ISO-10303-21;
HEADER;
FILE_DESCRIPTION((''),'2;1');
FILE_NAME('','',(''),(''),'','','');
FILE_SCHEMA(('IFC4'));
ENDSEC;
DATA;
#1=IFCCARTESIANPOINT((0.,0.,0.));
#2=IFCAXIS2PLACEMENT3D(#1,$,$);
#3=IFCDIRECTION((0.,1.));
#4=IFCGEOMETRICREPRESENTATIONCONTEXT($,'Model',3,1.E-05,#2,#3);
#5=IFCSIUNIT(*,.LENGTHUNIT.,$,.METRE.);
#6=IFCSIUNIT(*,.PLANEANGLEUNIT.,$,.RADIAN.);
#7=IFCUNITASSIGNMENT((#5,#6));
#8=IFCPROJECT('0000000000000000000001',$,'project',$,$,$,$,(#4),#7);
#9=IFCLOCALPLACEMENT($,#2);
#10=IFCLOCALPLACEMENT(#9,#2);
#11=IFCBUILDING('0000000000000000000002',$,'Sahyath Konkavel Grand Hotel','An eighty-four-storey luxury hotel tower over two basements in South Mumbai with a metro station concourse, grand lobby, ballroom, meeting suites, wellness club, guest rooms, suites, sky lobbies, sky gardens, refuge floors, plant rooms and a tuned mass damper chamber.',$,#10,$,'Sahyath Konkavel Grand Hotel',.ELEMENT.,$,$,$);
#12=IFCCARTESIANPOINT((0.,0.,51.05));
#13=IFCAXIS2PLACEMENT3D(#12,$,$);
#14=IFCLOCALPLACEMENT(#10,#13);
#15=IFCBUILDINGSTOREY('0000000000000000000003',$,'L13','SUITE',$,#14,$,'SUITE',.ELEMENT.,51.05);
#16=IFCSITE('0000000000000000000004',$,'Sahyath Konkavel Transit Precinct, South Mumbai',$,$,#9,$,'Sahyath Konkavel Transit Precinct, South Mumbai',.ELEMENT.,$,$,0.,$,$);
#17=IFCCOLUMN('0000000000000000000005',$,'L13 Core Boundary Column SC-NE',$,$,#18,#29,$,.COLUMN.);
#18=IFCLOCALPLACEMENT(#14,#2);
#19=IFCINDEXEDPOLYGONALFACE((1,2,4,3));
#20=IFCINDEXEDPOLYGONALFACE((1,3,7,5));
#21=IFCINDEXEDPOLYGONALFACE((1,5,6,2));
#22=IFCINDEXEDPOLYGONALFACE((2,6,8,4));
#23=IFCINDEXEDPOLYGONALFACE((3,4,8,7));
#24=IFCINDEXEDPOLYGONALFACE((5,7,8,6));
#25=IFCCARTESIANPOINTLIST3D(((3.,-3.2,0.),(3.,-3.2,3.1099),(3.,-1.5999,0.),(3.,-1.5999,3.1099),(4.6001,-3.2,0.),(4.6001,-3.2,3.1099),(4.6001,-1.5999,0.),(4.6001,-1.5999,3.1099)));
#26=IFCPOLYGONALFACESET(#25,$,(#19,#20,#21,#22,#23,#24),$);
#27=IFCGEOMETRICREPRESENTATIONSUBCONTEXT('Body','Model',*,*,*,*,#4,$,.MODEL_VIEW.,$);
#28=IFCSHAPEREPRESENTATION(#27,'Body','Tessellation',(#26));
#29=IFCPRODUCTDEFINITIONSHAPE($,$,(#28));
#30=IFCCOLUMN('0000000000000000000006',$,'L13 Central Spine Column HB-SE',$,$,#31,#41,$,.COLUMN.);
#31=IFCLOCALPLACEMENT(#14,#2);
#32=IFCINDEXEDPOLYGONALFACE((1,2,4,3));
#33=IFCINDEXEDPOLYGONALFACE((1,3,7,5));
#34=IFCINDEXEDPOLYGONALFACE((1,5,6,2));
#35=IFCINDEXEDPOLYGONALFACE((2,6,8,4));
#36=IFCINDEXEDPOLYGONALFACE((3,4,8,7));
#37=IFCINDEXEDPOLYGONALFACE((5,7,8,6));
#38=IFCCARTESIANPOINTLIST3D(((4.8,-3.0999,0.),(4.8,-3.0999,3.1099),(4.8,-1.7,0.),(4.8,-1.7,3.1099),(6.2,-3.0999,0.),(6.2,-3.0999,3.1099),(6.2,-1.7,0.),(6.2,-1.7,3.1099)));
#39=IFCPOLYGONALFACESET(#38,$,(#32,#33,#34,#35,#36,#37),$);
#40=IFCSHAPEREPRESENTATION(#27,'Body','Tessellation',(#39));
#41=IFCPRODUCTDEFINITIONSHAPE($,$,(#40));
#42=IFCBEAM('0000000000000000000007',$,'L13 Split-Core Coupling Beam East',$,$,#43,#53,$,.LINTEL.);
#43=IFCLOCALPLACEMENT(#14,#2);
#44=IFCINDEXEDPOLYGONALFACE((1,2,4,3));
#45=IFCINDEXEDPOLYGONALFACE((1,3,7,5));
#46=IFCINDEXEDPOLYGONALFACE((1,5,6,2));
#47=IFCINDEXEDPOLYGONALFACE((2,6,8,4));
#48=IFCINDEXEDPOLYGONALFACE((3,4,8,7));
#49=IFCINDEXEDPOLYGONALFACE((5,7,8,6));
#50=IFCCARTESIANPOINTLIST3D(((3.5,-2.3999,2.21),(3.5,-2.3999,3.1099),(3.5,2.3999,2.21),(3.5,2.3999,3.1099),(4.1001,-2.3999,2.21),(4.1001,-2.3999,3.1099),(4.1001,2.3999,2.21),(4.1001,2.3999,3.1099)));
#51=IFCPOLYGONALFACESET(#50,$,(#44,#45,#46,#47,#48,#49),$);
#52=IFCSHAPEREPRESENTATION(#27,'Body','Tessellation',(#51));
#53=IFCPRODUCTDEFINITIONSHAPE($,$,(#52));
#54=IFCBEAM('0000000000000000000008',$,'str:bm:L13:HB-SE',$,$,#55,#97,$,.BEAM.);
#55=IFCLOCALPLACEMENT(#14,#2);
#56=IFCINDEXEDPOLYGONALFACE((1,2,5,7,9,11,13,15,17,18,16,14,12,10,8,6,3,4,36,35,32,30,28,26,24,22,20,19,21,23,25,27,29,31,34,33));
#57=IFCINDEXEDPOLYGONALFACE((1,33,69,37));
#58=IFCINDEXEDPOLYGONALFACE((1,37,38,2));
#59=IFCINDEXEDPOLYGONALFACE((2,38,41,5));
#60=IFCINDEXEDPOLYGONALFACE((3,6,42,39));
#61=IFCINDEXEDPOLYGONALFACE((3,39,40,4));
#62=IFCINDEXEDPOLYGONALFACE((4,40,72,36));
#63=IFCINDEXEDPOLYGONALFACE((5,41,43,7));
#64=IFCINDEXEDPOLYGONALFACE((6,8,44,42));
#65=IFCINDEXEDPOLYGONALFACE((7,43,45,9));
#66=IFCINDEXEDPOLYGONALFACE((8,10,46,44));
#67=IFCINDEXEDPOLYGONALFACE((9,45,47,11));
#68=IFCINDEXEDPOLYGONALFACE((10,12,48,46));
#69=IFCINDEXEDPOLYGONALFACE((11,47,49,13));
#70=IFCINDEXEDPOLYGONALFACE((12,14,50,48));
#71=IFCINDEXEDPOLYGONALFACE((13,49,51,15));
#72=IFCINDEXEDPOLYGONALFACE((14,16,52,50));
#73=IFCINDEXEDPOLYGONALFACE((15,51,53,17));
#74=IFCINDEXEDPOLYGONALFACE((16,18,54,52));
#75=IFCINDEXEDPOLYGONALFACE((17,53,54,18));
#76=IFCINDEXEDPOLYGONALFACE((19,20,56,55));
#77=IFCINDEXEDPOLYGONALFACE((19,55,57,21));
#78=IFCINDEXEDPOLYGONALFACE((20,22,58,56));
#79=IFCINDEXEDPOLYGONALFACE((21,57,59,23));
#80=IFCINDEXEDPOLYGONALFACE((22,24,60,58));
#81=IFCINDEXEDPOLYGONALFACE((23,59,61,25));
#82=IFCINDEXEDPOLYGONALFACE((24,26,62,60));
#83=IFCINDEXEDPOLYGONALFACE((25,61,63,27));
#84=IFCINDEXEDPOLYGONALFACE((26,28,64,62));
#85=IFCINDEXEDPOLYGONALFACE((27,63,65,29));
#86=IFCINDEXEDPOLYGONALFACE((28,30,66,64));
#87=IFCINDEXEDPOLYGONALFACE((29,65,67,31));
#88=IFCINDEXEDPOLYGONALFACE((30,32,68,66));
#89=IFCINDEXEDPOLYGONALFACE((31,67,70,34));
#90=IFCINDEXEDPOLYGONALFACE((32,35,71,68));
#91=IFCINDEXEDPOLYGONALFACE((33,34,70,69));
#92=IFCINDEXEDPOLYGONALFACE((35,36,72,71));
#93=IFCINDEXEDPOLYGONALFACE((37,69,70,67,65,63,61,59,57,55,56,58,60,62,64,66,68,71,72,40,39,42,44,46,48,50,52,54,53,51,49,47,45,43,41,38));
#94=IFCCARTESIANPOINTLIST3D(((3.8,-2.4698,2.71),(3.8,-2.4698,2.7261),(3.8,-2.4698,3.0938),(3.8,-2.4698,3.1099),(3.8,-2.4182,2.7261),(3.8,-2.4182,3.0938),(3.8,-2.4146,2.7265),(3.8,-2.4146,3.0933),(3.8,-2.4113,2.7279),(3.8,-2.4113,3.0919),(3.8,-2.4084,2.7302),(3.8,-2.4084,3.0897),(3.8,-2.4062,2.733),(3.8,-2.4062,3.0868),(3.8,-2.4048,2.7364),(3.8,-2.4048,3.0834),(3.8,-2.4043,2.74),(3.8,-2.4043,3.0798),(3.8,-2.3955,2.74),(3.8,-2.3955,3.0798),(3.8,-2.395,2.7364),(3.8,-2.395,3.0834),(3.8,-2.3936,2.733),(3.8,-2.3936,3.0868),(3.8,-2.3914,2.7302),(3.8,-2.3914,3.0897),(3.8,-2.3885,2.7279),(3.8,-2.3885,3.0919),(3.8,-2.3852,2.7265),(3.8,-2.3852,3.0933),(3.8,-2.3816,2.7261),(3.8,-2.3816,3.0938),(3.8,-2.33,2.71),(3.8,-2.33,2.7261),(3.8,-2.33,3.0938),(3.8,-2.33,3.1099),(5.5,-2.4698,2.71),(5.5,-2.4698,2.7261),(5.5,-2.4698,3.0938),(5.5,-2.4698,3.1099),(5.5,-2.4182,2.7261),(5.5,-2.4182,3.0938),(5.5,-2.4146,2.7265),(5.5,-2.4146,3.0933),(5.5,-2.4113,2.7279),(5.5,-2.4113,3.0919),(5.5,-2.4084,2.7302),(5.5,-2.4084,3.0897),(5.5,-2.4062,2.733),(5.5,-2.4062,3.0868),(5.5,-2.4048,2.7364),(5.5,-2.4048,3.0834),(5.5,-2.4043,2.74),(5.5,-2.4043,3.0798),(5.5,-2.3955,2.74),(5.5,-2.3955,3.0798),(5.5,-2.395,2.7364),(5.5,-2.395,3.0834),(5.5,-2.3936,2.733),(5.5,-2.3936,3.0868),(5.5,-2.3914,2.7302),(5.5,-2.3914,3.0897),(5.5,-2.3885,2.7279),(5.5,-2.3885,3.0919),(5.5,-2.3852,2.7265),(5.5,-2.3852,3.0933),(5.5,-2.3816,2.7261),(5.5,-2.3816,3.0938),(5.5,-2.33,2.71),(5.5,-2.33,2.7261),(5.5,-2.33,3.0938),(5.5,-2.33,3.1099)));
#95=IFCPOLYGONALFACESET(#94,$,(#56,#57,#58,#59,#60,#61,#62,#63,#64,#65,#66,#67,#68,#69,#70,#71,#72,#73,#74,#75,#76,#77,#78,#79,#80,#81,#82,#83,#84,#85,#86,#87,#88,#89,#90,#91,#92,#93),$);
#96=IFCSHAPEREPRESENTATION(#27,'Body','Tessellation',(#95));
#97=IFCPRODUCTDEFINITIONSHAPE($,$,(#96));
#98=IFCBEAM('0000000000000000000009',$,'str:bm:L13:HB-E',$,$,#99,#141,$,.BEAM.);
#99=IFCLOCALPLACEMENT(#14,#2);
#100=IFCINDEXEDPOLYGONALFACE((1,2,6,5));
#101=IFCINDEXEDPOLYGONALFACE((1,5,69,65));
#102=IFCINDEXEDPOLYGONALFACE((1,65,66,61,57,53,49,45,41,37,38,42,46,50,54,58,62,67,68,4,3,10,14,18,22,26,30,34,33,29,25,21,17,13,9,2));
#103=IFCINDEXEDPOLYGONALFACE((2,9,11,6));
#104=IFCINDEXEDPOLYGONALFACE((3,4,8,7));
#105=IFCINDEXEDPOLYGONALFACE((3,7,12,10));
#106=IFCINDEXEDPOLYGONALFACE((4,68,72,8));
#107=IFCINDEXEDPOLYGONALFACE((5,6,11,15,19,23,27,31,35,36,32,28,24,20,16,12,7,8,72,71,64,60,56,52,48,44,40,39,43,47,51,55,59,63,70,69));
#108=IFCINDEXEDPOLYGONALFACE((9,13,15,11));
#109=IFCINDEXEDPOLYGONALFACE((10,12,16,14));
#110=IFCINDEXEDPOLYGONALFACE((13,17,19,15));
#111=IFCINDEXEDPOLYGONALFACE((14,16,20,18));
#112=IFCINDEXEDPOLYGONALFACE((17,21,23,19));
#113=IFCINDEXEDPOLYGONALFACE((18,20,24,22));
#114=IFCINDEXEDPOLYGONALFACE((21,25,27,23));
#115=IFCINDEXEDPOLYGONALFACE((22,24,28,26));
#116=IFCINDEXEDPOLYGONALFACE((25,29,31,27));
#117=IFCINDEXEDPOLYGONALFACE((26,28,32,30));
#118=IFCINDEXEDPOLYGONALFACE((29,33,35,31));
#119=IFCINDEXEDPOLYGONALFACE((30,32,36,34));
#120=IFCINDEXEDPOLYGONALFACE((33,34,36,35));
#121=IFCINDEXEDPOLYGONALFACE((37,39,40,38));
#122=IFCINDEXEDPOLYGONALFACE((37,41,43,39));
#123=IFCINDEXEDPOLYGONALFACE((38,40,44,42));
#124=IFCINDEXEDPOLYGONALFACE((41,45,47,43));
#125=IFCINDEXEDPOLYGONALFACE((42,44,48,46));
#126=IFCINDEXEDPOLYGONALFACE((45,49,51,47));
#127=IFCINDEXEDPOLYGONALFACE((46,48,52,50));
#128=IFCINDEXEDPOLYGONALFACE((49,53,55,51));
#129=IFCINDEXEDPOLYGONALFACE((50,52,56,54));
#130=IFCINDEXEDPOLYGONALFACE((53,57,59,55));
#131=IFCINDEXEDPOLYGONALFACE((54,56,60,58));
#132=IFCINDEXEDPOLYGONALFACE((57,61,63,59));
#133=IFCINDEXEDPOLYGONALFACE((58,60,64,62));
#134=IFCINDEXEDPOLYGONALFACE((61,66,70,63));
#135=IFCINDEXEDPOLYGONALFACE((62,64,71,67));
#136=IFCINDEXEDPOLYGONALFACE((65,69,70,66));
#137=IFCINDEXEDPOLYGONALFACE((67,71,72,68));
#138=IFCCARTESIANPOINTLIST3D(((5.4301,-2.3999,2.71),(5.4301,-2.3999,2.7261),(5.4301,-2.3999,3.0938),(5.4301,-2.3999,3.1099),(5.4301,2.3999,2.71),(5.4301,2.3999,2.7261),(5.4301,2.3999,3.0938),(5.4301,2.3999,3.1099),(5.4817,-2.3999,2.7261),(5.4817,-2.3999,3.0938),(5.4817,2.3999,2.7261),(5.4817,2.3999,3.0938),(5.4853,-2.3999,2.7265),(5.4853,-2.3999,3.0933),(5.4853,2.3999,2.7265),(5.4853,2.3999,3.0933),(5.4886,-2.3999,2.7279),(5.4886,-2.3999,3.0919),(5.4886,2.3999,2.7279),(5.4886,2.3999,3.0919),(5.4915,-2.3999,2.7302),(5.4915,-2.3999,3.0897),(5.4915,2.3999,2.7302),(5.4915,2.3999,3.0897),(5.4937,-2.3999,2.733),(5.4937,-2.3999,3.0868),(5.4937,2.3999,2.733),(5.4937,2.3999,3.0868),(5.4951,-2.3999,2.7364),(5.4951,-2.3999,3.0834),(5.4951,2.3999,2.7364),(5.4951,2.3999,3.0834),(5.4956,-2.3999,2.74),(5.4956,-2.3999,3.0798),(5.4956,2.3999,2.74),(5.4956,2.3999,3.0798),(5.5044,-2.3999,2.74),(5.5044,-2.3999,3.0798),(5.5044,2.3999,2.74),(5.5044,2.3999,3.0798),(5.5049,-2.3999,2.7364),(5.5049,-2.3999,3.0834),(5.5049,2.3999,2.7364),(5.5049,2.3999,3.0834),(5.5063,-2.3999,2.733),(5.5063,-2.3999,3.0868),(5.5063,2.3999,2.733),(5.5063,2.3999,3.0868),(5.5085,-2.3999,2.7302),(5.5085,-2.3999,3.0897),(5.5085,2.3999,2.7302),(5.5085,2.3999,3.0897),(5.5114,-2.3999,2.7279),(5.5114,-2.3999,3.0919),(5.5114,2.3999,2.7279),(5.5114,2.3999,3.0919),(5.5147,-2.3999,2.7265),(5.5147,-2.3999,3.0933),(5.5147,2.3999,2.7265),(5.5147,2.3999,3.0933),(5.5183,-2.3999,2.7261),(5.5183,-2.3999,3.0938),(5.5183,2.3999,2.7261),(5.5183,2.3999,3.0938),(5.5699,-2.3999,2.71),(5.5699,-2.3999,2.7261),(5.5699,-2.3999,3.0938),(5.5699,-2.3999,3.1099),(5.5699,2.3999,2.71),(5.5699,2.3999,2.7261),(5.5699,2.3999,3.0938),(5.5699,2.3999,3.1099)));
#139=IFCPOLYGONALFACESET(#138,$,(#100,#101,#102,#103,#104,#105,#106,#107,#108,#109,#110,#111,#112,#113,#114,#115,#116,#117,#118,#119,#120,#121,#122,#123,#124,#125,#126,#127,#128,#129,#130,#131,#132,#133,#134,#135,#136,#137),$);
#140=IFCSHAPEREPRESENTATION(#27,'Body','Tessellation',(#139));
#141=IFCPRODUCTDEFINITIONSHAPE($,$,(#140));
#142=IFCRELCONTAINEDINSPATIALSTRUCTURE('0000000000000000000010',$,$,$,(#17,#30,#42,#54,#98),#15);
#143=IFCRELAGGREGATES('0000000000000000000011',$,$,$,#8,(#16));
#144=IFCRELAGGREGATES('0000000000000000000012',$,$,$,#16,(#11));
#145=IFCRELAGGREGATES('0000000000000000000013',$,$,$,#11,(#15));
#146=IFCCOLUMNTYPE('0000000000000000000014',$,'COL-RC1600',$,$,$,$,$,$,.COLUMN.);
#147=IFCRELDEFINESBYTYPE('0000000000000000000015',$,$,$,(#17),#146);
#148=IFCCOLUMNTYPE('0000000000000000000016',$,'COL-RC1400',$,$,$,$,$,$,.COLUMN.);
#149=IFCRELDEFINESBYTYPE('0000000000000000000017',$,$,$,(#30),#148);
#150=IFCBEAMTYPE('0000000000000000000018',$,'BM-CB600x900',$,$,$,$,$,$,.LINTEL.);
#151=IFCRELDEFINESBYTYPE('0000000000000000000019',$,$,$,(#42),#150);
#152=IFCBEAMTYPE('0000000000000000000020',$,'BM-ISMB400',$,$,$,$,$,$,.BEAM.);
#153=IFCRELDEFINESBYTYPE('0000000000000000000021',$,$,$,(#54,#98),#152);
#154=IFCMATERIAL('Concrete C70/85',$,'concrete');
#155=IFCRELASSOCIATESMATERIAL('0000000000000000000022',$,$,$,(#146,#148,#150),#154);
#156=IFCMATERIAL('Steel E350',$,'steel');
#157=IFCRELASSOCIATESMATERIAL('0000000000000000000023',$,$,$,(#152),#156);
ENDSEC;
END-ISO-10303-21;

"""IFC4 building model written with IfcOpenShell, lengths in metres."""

from ifc_helpers import new_model, si_unit, direction, frame, origin, origin_2d, place, context, subcontext, project, spatial, rectangle, i_section, extrude, source, transform, mapped, material, material_profile, profile_set, type_object, element, save


model = new_model("IFC4")

# Units and contexts
model_context = context("Model", 3, precision=1e-05, world=origin(), true_north=direction((0.0, 1.0)))
body_context = subcontext(model_context, "Body", "Model", "MODEL_VIEW")
ifc_project = project(units=[si_unit("LENGTHUNIT", "METRE"), si_unit("PLANEANGLEUNIT", "RADIAN")], contexts=[model_context])

# Site, building, storey
site_placement = place(None, origin())
site = spatial("IfcSite", under=ifc_project, at=site_placement, Name="Sahyath Konkavel Transit Precinct, South Mumbai", LongName="Sahyath Konkavel Transit Precinct, South Mumbai", CompositionType="ELEMENT", RefElevation=0.0)
building_placement = place(site_placement, origin())
building = spatial("IfcBuilding", under=site, at=building_placement, Name="Sahyath Konkavel Grand Hotel", Description="An eighty-four-storey luxury hotel tower over two basements in South Mumbai with a metro station concourse, grand lobby, ballroom, meeting suites, wellness club, guest rooms, suites, sky lobbies, sky gardens, refuge floors, plant rooms and a tuned mass damper chamber.", LongName="Sahyath Konkavel Grand Hotel", CompositionType="ELEMENT")
storey_placement = place(building_placement, frame((0.0, 0.0, 51.05)))
storey = spatial("IfcBuildingStorey", under=building, at=storey_placement, Name="L13", Description="SUITE", LongName="SUITE", CompositionType="ELEMENT", Elevation=51.05)

# Columns
ifc_material_1 = material(Name="Concrete C70/85", Category="concrete")
ifc_material_profile_1 = material_profile(ifc_material_1, rectangle(XDim=1.6001, YDim=1.6001, at=origin_2d()), Name="RC 1600x1600")
ifc_profile_set_1 = profile_set([ifc_material_profile_1], Name="Concrete C70/85")
column_type_1 = type_object("IfcColumnType", Name="COL-RC1600", PredefinedType="COLUMN", material=ifc_profile_set_1)
shared_shape_1 = source(origin(), body_context, "Body", "SweptSolid", [
    extrude(rectangle(XDim=1.6001, YDim=1.6001, at=origin_2d()), origin(), (0.0, 0.0, 1.0), 3.1099),
])
column_1_placement = place(storey_placement, frame((3.8, -2.3999, 0.0), z_axis=(0.0, 0.0, 1.0), x_axis=(1.0, 0.0, 0.0)))
element("IfcColumn", 1, at=column_1_placement, inside=storey, type_object=column_type_1, Name="L13 Core Boundary Column SC-NE", PredefinedType="COLUMN", context=body_context, shape_type="MappedRepresentation", body=[
    mapped(shared_shape_1, transform((0.0, 0.0, 0.0), scale=1.0)),
])
ifc_material_profile_2 = material_profile(ifc_material_1, rectangle(XDim=1.3999, YDim=1.3999, at=origin_2d()), Name="RC 1400x1400")
ifc_profile_set_2 = profile_set([ifc_material_profile_2], Name="Concrete C70/85")
column_type_2 = type_object("IfcColumnType", Name="COL-RC1400", PredefinedType="COLUMN", material=ifc_profile_set_2)
shared_shape_2 = source(origin(), body_context, "Body", "SweptSolid", [
    extrude(rectangle(XDim=1.3999, YDim=1.3999, at=origin_2d()), origin(), (0.0, 0.0, 1.0), 3.1099),
])
column_2_placement = place(storey_placement, frame((5.5, -2.3999, 0.0), z_axis=(0.0, 0.0, 1.0), x_axis=(1.0, 0.0, 0.0)))
element("IfcColumn", 2, at=column_2_placement, inside=storey, type_object=column_type_2, Name="L13 Central Spine Column HB-SE", PredefinedType="COLUMN", context=body_context, shape_type="MappedRepresentation", body=[
    mapped(shared_shape_2, transform((0.0, 0.0, 0.0), scale=1.0)),
])

# Beams
ifc_material_profile_3 = material_profile(ifc_material_1, rectangle(XDim=0.6001, YDim=0.8999, at=origin_2d()), Name="RC 600x900")
ifc_profile_set_3 = profile_set([ifc_material_profile_3], Name="Concrete C70/85")
beam_type_1 = type_object("IfcBeamType", Name="BM-CB600x900", PredefinedType="LINTEL", material=ifc_profile_set_3)
shared_shape_3 = source(origin(), body_context, "Body", "SweptSolid", [
    extrude(rectangle(XDim=0.6001, YDim=0.8999, at=origin_2d()), origin(), (0.0, 0.0, 1.0), 4.7998),
])
beam_1_placement = place(storey_placement, frame((3.8, -2.3999, 2.6599), z_axis=(0.0, 1.0, 0.0), x_axis=(-1.0, 0.0, 0.0)))
element("IfcBeam", 3, at=beam_1_placement, inside=storey, type_object=beam_type_1, Name="L13 Split-Core Coupling Beam East", PredefinedType="LINTEL", context=body_context, shape_type="MappedRepresentation", body=[
    mapped(shared_shape_3, transform((0.0, 0.0, 0.0), scale=1.0)),
])
ifc_material_2 = material(Name="Steel E350", Category="steel")
ifc_material_profile_4 = material_profile(ifc_material_2, i_section(OverallWidth=0.1399, OverallDepth=0.3999, WebThickness=0.0088, FlangeThickness=0.0161, FilletRadius=0.0139, at=origin_2d()), Name="ISMB 400")
ifc_profile_set_4 = profile_set([ifc_material_profile_4], Name="Steel E350")
beam_type_2 = type_object("IfcBeamType", Name="BM-ISMB400", PredefinedType="BEAM", material=ifc_profile_set_4)
shared_shape_4 = source(origin(), body_context, "Body", "SweptSolid", [
    extrude(i_section(OverallWidth=0.1399, OverallDepth=0.3999, WebThickness=0.0088, FlangeThickness=0.0161, FilletRadius=0.0139, at=origin_2d()), origin(), (0.0, 0.0, 1.0), 1.7),
])
beam_2_placement = place(storey_placement, frame((3.8, -2.3999, 2.9099), z_axis=(1.0, 0.0, 0.0), x_axis=(0.0, 1.0, 0.0)))
element("IfcBeam", 4, at=beam_2_placement, inside=storey, type_object=beam_type_2, Name="str:bm:L13:HB-SE", PredefinedType="BEAM", context=body_context, shape_type="MappedRepresentation", body=[
    mapped(shared_shape_4, transform((0.0, 0.0, 0.0), scale=1.0)),
])
shared_shape_5 = source(origin(), body_context, "Body", "SweptSolid", [
    extrude(i_section(OverallWidth=0.1399, OverallDepth=0.3999, WebThickness=0.0088, FlangeThickness=0.0161, FilletRadius=0.0139, at=origin_2d()), origin(), (0.0, 0.0, 1.0), 4.7998),
])
beam_3_placement = place(storey_placement, frame((5.5, -2.3999, 2.9099), z_axis=(0.0, 1.0, 0.0), x_axis=(-1.0, 0.0, 0.0)))
element("IfcBeam", 5, at=beam_3_placement, inside=storey, type_object=beam_type_2, Name="str:bm:L13:HB-E", PredefinedType="BEAM", context=body_context, shape_type="MappedRepresentation", body=[
    mapped(shared_shape_5, transform((0.0, 0.0, 0.0), scale=1.0)),
])

save(model, "model.ifc")
